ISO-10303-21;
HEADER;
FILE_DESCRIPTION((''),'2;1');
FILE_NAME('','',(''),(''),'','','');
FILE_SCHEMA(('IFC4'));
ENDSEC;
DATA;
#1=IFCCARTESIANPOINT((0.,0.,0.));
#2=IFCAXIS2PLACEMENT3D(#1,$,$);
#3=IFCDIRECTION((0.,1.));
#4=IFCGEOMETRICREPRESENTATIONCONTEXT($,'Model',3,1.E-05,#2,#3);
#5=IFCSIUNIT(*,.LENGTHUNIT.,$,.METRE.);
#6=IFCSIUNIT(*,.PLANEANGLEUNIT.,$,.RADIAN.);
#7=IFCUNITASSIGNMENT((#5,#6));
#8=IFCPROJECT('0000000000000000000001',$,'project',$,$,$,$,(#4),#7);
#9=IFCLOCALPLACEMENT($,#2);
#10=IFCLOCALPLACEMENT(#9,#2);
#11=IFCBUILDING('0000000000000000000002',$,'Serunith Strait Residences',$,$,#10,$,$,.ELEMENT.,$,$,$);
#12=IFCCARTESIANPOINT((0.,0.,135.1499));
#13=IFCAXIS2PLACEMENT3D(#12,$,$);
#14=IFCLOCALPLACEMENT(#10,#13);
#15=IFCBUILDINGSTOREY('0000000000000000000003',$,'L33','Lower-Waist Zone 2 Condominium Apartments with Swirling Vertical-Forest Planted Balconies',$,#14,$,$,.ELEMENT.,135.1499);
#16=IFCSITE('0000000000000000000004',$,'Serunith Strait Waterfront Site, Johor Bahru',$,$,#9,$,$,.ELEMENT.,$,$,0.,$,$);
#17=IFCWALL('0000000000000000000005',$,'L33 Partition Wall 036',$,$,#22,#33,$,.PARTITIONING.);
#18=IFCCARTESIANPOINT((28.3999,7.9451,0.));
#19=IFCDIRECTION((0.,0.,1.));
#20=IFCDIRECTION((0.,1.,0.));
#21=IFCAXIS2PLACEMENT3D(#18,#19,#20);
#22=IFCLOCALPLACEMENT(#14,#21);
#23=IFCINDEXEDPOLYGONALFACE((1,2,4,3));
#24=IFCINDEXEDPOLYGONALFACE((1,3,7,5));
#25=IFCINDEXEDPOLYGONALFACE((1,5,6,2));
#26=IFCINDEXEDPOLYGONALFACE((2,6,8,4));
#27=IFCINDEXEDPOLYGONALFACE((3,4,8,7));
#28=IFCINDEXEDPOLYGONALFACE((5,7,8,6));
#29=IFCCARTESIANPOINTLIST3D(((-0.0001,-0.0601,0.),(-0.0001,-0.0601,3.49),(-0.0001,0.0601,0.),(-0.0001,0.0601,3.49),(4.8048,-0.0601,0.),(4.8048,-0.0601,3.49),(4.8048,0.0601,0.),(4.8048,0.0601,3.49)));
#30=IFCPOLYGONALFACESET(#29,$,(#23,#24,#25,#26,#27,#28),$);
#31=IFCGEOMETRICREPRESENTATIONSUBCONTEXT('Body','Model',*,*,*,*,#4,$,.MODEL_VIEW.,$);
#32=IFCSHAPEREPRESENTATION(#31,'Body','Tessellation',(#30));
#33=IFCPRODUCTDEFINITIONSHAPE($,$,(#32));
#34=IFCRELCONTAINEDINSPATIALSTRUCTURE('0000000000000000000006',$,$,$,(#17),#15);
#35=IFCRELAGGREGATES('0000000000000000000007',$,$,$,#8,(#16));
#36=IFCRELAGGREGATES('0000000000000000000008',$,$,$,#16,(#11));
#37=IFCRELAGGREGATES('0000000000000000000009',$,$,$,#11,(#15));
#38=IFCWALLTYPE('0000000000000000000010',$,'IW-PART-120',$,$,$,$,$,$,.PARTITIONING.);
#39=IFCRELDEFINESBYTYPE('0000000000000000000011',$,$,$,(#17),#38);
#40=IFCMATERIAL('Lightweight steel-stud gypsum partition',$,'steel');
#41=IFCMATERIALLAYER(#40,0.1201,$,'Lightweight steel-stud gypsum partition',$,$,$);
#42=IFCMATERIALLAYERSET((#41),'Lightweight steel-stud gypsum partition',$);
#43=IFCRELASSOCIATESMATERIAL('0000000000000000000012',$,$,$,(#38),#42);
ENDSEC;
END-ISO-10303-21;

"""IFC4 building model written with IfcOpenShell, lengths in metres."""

from ifc_helpers import new_model, si_unit, direction, frame, frame_2d, origin, place, context, subcontext, project, spatial, rectangle, extrude, material, layer, layer_set, type_object, element, save


model = new_model("IFC4")

# Units and contexts
model_context = context("Model", 3, precision=1e-05, world=origin(), true_north=direction((0.0, 1.0)))
body_context = subcontext(model_context, "Body", "Model", "MODEL_VIEW")
ifc_project = project(units=[si_unit("LENGTHUNIT", "METRE"), si_unit("PLANEANGLEUNIT", "RADIAN")], contexts=[model_context])

# Site, building, storey
site_placement = place(None, origin())
site = spatial("IfcSite", under=ifc_project, at=site_placement, Name="Serunith Strait Waterfront Site, Johor Bahru", CompositionType="ELEMENT", RefElevation=0.0)
building_placement = place(site_placement, origin())
building = spatial("IfcBuilding", under=site, at=building_placement, Name="Serunith Strait Residences", CompositionType="ELEMENT")
storey_placement = place(building_placement, frame((0.0, 0.0, 135.1499)))
storey = spatial("IfcBuildingStorey", under=building, at=storey_placement, Name="L33", Description="Lower-Waist Zone 2 Condominium Apartments with Swirling Vertical-Forest Planted Balconies", CompositionType="ELEMENT", Elevation=135.1499)

# Shared definitions
ifc_material_1 = material(Name="Lightweight steel-stud gypsum partition", Category="steel")
ifc_layer_1 = layer(ifc_material_1, 0.1201, Name="Lightweight steel-stud gypsum partition")
ifc_layer_set_1 = layer_set([ifc_layer_1], Name="Lightweight steel-stud gypsum partition")
wall_type = type_object("IfcWallType", Name="IW-PART-120", PredefinedType="PARTITIONING", material=ifc_layer_set_1)

# Wall
wall_1_placement = place(storey_placement, frame((28.3999, 7.9451, 0.0), z_axis=(0.0, 0.0, 1.0), x_axis=(0.0, 1.0, 0.0)))
element("IfcWall", 1, at=wall_1_placement, inside=storey, type_object=wall_type, Name="L33 Partition Wall 036", PredefinedType="PARTITIONING", context=body_context, shape_type="SweptSolid", body=[
    extrude(rectangle(XDim=4.8049, YDim=0.1201, at=frame_2d((2.4023, 0.0))), origin(), (0.0, 0.0, 1.0), 3.49),
])

save(model, "model.ifc")
